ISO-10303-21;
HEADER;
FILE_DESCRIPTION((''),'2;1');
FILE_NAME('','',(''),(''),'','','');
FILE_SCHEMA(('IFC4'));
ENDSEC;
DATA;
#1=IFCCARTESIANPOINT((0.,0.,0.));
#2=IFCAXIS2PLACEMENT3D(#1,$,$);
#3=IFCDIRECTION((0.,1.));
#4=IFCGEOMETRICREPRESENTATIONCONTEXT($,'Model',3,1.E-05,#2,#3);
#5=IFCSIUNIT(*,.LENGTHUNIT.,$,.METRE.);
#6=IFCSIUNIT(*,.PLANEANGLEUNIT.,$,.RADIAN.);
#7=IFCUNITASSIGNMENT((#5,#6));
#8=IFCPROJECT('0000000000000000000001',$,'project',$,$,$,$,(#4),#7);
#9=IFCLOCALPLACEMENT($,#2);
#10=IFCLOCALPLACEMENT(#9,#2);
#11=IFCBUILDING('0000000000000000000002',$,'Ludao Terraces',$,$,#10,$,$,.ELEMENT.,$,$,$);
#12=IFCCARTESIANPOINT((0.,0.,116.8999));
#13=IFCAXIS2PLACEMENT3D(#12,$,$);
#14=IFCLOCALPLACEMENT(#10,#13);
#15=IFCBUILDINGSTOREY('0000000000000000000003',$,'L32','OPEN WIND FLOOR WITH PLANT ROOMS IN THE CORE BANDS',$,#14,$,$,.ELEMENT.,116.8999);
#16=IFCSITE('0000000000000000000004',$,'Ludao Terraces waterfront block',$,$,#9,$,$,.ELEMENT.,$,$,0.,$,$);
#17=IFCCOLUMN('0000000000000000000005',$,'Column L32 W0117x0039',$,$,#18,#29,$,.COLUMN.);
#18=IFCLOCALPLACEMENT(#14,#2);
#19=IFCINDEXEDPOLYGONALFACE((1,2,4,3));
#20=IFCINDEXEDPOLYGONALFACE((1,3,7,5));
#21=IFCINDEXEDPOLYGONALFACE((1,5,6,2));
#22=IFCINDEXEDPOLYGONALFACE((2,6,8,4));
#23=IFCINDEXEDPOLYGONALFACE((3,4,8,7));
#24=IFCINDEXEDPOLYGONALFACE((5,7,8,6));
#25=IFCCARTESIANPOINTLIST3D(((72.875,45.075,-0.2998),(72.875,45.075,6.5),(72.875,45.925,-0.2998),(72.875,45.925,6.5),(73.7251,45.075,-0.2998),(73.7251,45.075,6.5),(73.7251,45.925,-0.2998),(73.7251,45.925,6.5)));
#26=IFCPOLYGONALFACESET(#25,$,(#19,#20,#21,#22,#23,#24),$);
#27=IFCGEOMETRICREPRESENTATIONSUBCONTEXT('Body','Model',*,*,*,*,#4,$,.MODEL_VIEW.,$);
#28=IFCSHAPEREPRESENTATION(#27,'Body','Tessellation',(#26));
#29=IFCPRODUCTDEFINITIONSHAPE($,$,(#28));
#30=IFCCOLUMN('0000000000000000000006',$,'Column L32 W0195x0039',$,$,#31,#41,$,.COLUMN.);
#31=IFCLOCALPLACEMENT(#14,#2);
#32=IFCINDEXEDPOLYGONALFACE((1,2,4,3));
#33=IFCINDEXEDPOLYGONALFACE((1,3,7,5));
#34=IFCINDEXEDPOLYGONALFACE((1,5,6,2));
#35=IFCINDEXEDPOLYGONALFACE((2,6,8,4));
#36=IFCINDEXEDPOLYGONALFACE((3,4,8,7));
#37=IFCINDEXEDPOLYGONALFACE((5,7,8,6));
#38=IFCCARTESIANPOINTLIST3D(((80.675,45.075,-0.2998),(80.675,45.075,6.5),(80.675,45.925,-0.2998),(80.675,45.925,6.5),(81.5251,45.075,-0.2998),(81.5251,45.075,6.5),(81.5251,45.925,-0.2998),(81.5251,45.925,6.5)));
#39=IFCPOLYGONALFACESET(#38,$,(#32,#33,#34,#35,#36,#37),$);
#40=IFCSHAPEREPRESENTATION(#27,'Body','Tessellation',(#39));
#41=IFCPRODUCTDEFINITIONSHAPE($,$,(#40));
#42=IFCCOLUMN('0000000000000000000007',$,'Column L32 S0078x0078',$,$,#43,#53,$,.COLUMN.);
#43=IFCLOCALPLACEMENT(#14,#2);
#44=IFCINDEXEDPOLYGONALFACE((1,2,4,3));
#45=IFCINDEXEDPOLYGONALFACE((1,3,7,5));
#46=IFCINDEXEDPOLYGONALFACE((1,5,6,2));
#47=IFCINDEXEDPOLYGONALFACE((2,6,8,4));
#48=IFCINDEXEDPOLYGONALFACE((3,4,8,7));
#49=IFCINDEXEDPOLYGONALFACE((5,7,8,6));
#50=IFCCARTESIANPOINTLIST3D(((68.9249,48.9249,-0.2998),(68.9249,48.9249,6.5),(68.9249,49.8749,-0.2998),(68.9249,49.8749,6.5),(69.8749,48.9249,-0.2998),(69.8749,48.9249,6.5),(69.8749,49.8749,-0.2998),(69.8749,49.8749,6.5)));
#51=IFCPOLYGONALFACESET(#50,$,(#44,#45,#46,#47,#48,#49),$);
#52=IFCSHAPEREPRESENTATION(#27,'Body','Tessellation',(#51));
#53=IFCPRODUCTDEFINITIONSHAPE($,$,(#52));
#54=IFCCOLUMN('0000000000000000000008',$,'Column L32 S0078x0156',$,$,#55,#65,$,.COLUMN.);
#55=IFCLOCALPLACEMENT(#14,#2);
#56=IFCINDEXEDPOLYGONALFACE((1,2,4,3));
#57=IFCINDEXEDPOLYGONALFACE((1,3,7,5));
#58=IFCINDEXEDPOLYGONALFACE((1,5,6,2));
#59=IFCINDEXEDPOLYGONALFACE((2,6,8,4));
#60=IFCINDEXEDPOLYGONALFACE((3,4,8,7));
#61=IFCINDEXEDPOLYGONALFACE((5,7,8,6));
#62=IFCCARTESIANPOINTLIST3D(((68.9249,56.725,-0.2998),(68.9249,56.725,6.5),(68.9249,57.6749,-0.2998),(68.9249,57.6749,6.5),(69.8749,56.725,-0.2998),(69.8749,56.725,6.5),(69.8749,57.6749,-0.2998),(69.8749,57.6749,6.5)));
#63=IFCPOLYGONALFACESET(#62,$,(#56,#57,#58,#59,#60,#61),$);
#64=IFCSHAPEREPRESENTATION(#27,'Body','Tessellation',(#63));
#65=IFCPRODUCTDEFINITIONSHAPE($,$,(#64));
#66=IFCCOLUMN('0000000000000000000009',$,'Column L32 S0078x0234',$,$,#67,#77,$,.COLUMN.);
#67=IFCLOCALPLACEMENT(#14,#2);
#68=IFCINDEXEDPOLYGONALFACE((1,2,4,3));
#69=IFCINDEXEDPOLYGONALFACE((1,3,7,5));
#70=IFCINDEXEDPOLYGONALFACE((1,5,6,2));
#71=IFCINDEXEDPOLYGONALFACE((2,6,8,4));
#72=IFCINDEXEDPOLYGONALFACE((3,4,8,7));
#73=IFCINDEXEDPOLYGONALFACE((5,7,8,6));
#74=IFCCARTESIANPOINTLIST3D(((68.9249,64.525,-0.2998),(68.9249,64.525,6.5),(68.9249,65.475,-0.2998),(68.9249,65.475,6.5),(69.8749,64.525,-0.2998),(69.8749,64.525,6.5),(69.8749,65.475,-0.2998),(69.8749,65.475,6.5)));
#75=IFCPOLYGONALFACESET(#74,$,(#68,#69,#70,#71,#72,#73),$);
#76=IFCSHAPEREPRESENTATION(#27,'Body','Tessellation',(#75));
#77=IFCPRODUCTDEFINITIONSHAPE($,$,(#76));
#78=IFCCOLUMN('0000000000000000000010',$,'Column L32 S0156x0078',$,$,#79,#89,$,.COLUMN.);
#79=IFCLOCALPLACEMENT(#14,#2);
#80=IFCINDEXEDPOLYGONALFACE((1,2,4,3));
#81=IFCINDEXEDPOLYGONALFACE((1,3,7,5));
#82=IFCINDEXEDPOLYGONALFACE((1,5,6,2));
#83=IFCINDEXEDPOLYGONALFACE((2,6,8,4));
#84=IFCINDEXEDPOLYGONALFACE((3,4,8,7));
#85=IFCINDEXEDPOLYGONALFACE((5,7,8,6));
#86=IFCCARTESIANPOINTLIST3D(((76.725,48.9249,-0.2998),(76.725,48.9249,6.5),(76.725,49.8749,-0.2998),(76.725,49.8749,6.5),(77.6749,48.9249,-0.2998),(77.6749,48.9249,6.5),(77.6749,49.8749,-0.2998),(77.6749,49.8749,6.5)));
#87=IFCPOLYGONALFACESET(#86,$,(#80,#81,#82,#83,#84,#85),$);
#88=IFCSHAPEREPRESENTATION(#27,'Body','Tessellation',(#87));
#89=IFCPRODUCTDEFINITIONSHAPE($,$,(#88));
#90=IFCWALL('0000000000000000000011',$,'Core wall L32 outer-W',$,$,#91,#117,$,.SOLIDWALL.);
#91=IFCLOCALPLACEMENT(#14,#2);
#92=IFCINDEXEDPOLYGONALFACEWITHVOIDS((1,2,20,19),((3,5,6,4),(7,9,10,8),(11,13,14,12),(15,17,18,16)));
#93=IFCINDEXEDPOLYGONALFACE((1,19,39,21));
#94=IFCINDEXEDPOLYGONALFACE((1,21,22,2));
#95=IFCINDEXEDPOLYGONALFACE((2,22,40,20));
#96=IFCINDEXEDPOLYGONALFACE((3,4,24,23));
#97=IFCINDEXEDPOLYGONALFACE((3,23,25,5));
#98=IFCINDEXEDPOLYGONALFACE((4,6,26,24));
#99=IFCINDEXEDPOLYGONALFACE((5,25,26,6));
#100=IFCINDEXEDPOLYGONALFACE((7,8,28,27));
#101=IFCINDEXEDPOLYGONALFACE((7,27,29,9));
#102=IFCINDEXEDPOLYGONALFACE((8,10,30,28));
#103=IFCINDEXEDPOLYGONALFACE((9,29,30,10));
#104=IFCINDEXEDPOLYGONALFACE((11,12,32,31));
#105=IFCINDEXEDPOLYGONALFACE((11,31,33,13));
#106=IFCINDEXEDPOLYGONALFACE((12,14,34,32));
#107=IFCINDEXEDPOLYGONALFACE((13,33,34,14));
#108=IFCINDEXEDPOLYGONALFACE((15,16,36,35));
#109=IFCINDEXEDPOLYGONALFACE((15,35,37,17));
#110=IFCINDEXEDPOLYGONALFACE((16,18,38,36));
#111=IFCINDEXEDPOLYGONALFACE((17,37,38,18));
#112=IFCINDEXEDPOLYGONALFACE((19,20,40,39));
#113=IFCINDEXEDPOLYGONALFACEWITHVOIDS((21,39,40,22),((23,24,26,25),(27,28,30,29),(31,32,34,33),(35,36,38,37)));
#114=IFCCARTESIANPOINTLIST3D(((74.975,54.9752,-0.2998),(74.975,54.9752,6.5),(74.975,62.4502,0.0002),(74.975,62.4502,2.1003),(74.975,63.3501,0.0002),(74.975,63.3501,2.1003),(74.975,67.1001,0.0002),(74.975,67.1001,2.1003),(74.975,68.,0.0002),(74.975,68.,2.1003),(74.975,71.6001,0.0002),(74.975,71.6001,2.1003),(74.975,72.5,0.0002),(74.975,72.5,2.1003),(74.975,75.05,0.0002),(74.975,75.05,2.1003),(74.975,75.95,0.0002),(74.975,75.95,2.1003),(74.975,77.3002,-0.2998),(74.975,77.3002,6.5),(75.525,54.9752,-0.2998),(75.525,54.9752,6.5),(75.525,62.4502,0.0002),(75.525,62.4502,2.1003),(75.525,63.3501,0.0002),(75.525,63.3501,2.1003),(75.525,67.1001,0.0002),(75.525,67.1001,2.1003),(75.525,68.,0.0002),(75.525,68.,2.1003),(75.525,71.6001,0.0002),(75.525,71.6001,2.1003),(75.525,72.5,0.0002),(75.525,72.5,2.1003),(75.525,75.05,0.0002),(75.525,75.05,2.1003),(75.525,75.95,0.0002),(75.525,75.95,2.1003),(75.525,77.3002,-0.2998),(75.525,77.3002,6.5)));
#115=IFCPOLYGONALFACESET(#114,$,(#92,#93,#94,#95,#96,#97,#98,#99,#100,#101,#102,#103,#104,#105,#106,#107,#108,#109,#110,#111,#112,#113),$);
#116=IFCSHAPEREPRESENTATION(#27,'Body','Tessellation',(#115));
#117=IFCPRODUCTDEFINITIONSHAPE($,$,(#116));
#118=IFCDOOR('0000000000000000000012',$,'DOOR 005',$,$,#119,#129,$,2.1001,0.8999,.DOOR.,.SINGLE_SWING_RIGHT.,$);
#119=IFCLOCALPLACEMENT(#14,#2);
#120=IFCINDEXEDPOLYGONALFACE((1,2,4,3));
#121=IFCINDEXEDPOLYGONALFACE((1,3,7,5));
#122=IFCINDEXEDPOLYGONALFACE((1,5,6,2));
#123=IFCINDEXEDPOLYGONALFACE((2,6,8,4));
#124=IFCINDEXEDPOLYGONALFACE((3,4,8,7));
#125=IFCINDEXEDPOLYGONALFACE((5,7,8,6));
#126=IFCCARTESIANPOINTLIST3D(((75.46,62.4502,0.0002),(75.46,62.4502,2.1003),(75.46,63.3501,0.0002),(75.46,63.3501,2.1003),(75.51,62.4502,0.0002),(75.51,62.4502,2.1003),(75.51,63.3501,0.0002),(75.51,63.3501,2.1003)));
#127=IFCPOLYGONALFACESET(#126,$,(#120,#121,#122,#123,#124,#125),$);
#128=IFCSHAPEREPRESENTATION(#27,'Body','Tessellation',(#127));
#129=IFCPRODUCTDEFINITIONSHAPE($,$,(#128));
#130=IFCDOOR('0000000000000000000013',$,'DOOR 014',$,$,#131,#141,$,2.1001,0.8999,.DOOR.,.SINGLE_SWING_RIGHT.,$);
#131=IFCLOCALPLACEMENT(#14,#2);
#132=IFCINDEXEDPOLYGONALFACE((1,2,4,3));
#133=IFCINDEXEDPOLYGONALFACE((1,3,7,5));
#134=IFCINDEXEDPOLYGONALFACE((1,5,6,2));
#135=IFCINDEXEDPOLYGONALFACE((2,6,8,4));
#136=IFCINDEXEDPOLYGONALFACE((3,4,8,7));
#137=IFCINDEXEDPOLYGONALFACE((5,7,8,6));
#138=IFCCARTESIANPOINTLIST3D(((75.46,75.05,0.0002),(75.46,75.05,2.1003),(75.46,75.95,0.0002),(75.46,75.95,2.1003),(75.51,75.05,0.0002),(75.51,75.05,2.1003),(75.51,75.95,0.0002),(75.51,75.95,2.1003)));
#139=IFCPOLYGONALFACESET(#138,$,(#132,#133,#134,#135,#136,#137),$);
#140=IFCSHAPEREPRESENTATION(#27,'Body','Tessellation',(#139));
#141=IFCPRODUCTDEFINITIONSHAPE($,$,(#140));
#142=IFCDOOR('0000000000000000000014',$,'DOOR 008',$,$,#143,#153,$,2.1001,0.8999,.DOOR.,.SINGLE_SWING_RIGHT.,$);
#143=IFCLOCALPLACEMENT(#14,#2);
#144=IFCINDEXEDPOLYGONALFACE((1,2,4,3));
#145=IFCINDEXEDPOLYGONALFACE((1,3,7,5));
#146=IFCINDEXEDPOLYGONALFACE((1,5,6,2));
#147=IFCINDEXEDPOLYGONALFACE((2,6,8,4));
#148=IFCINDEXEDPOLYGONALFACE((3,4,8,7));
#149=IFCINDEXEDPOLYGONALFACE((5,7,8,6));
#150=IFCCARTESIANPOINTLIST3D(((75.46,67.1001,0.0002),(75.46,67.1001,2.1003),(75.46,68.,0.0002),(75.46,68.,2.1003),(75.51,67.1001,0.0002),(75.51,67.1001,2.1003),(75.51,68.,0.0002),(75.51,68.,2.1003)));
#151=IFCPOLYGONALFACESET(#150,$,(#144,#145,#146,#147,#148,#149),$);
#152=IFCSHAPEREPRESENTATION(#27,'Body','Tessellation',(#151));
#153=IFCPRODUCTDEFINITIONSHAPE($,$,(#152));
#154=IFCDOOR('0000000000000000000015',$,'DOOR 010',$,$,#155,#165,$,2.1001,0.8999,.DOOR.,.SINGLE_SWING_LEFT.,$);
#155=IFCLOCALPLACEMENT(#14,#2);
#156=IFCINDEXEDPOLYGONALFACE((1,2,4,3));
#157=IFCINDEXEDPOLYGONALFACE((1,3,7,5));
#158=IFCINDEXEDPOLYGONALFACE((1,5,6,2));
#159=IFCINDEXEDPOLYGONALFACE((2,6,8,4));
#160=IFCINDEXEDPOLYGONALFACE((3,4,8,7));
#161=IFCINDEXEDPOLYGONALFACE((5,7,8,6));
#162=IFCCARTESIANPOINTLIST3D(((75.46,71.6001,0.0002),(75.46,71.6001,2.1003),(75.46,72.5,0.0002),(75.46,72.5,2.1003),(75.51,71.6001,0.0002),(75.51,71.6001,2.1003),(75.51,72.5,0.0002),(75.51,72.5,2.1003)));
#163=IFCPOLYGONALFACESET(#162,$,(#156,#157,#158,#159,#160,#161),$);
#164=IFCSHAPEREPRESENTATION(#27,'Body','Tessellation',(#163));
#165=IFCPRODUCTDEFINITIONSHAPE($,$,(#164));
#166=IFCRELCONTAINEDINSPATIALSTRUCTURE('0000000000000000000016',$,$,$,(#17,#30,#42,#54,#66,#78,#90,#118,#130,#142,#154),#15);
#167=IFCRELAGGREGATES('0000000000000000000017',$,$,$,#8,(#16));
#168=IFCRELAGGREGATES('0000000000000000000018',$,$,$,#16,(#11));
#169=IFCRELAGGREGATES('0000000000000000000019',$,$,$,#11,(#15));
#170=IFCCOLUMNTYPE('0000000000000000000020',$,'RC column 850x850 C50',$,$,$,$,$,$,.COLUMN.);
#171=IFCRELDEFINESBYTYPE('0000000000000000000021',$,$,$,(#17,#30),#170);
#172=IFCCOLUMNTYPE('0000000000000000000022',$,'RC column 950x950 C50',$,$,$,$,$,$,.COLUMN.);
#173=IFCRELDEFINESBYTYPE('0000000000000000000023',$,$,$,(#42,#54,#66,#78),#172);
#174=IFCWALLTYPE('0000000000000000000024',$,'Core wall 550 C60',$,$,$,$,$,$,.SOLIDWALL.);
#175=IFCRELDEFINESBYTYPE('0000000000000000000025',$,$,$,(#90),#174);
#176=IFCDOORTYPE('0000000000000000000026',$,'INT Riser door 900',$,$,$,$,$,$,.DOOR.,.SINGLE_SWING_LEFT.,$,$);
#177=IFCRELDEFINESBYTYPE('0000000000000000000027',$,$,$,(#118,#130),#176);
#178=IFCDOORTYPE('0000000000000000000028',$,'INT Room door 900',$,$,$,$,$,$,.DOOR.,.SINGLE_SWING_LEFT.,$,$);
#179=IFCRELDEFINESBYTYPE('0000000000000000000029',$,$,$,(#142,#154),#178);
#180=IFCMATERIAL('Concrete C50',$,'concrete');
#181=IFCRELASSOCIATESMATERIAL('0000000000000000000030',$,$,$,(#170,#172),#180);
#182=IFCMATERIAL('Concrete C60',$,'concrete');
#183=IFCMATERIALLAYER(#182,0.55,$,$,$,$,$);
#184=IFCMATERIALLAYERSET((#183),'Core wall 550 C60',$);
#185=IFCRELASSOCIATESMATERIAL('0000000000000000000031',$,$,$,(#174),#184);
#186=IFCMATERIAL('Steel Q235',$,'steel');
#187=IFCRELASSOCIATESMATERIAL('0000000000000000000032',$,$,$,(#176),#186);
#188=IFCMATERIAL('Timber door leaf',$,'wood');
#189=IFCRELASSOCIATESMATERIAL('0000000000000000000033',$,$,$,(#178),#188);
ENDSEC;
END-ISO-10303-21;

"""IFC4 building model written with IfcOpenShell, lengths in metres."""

from ifc_helpers import new_model, si_unit, direction, frame, frame_2d, origin, origin_2d, place, context, subcontext, project, spatial, rectangle, extrude, material, layer, layer_set, material_profile, profile_set, type_object, element, fill, save


model = new_model("IFC4")

# Units and contexts
model_context = context("Model", 3, precision=1e-05, world=origin(), true_north=direction((0.0, 1.0)))
body_context = subcontext(model_context, "Body", "Model", "MODEL_VIEW")
ifc_project = project(units=[si_unit("LENGTHUNIT", "METRE"), si_unit("PLANEANGLEUNIT", "RADIAN")], contexts=[model_context])

# Site, building, storey
site_placement = place(None, origin())
site = spatial("IfcSite", under=ifc_project, at=site_placement, Name="Ludao Terraces waterfront block", CompositionType="ELEMENT", RefElevation=0.0)
building_placement = place(site_placement, origin())
building = spatial("IfcBuilding", under=site, at=building_placement, Name="Ludao Terraces", CompositionType="ELEMENT")
storey_placement = place(building_placement, frame((0.0, 0.0, 116.8999)))
storey = spatial("IfcBuildingStorey", under=building, at=storey_placement, Name="L32", Description="OPEN WIND FLOOR WITH PLANT ROOMS IN THE CORE BANDS", CompositionType="ELEMENT", Elevation=116.8999)

# Columns
ifc_material_1 = material(Name="Concrete C50", Category="concrete")
ifc_material_profile_1 = material_profile(ifc_material_1, rectangle(XDim=0.8501, YDim=0.8501, at=origin_2d()), Name="850 X 850")
ifc_profile_set_1 = profile_set([ifc_material_profile_1], Name="Concrete C50")
column_type_1 = type_object("IfcColumnType", Name="RC column 850x850 C50", PredefinedType="COLUMN", material=ifc_profile_set_1)
for number, where, z_axis, x_axis, name in (
    (1, (73.3, 45.5, -0.2998), (0.0, 0.0, 1.0), (1.0, 0.0, 0.0), "Column L32 W0117x0039"),
    (2, (81.1001, 45.5, -0.2998), (0.0, 0.0, 1.0), (1.0, 0.0, 0.0), "Column L32 W0195x0039"),
):
    element("IfcColumn", number, at=place(storey_placement, frame(where, z_axis=z_axis, x_axis=x_axis)), inside=storey, type_object=column_type_1, Name=name, PredefinedType="COLUMN", context=body_context, shape_type="SweptSolid", body=[
        extrude(rectangle(XDim=0.8501, YDim=0.8501, at=origin_2d()), origin(), (0.0, 0.0, 1.0), 6.7998),
    ])
ifc_material_profile_2 = material_profile(ifc_material_1, rectangle(XDim=0.95, YDim=0.95, at=origin_2d()), Name="950 X 950")
ifc_profile_set_2 = profile_set([ifc_material_profile_2], Name="Concrete C50")
column_type_2 = type_object("IfcColumnType", Name="RC column 950x950 C50", PredefinedType="COLUMN", material=ifc_profile_set_2)
for number, where, z_axis, x_axis, name in (
    (3, (69.3999, 49.3999, -0.2998), (0.0, 0.0, 1.0), (1.0, 0.0, 0.0), "Column L32 S0078x0078"),
    (4, (69.3999, 57.2, -0.2998), (0.0, 0.0, 1.0), (1.0, 0.0, 0.0), "Column L32 S0078x0156"),
    (5, (69.3999, 65.0, -0.2998), (0.0, 0.0, 1.0), (1.0, 0.0, 0.0), "Column L32 S0078x0234"),
    (6, (77.2, 49.3999, -0.2998), (0.0, 0.0, 1.0), (1.0, 0.0, 0.0), "Column L32 S0156x0078"),
):
    element("IfcColumn", number, at=place(storey_placement, frame(where, z_axis=z_axis, x_axis=x_axis)), inside=storey, type_object=column_type_2, Name=name, PredefinedType="COLUMN", context=body_context, shape_type="SweptSolid", body=[
        extrude(rectangle(XDim=0.95, YDim=0.95, at=origin_2d()), origin(), (0.0, 0.0, 1.0), 6.7998),
    ])

# Wall, openings, doors
ifc_material_2 = material(Name="Concrete C60", Category="concrete")
ifc_layer_1 = layer(ifc_material_2, 0.55)
ifc_layer_set_1 = layer_set([ifc_layer_1], Name="Core wall 550 C60")
wall_type_1 = type_object("IfcWallType", Name="Core wall 550 C60", PredefinedType="SOLIDWALL", material=ifc_layer_set_1)
wall_1_placement = place(storey_placement, frame((75.25, 54.9751, -0.2998), z_axis=(0.0, 0.0, 1.0), x_axis=(0.0, 1.0, 0.0)))
wall_1 = element("IfcWall", 7, at=wall_1_placement, inside=storey, type_object=wall_type_1, Name="Core wall L32 outer-W", PredefinedType="SOLIDWALL", context=body_context, shape_type="SweptSolid", body=[
    extrude(rectangle(XDim=22.325, YDim=0.55, at=frame_2d((11.1626, 0.0))), origin(), (0.0, 0.0, 1.0), 6.7998),
])
opening_1_placement = place(wall_1_placement, frame((7.4751, 0.0, 0.3)))
opening_1 = element("IfcOpeningElement", 8, at=opening_1_placement, cuts=wall_1, PredefinedType="OPENING", context=body_context, shape_type="SweptSolid", body=[
    extrude(rectangle(XDim=0.8999, YDim=2.1001, at=frame_2d((0.45, 1.05))), frame((0.0, 0.2852, 0.0), z_axis=(0.0, -1.0, 0.0), x_axis=(1.0, 0.0, 0.0)), (0.0, 0.0, 1.0), 0.5701),
])
opening_2_placement = place(wall_1_placement, frame((12.125, 0.0, 0.3)))
opening_2 = element("IfcOpeningElement", 9, at=opening_2_placement, cuts=wall_1, PredefinedType="OPENING", context=body_context, shape_type="SweptSolid", body=[
    extrude(rectangle(XDim=0.8999, YDim=2.1001, at=frame_2d((0.45, 1.05))), frame((0.0, 0.2852, 0.0), z_axis=(0.0, -1.0, 0.0), x_axis=(1.0, 0.0, 0.0)), (0.0, 0.0, 1.0), 0.5701),
])
opening_3_placement = place(wall_1_placement, frame((16.625, 0.0, 0.3)))
opening_3 = element("IfcOpeningElement", 10, at=opening_3_placement, cuts=wall_1, PredefinedType="OPENING", context=body_context, shape_type="SweptSolid", body=[
    extrude(rectangle(XDim=0.8999, YDim=2.1001, at=frame_2d((0.45, 1.05))), frame((0.0, 0.2852, 0.0), z_axis=(0.0, -1.0, 0.0), x_axis=(1.0, 0.0, 0.0)), (0.0, 0.0, 1.0), 0.5701),
])
opening_4_placement = place(wall_1_placement, frame((20.075, 0.0, 0.3)))
opening_4 = element("IfcOpeningElement", 11, at=opening_4_placement, cuts=wall_1, PredefinedType="OPENING", context=body_context, shape_type="SweptSolid", body=[
    extrude(rectangle(XDim=0.8999, YDim=2.1001, at=frame_2d((0.45, 1.05))), frame((0.0, 0.2852, 0.0), z_axis=(0.0, -1.0, 0.0), x_axis=(1.0, 0.0, 0.0)), (0.0, 0.0, 1.0), 0.5701),
])
ifc_material_3 = material(Name="Steel Q235", Category="steel")
door_type_1 = type_object("IfcDoorType", Name="INT Riser door 900", OperationType="SINGLE_SWING_LEFT", PredefinedType="DOOR", material=ifc_material_3)
door_1_placement = place(opening_1_placement, origin())
door_1 = element("IfcDoor", 12, at=door_1_placement, inside=storey, type_object=door_type_1, Name="DOOR 005", OperationType="SINGLE_SWING_RIGHT", OverallHeight=2.1001, OverallWidth=0.8999, PredefinedType="DOOR", context=body_context, shape_type="SweptSolid", body=[
    extrude(rectangle(XDim=0.8999, YDim=2.1001, at=frame_2d((0.45, 1.05))), frame((0.0, -0.21, 0.0), z_axis=(0.0, -1.0, 0.0), x_axis=(1.0, 0.0, 0.0)), (0.0, 0.0, 1.0), 0.05),
])
fill(opening_1, door_1)
door_2_placement = place(opening_4_placement, origin())
door_2 = element("IfcDoor", 13, at=door_2_placement, inside=storey, type_object=door_type_1, Name="DOOR 014", OperationType="SINGLE_SWING_RIGHT", OverallHeight=2.1001, OverallWidth=0.8999, PredefinedType="DOOR", context=body_context, shape_type="SweptSolid", body=[
    extrude(rectangle(XDim=0.8999, YDim=2.1001, at=frame_2d((0.45, 1.05))), frame((0.0, -0.21, 0.0), z_axis=(0.0, -1.0, 0.0), x_axis=(1.0, 0.0, 0.0)), (0.0, 0.0, 1.0), 0.05),
])
fill(opening_4, door_2)
ifc_material_4 = material(Name="Timber door leaf", Category="wood")
door_type_2 = type_object("IfcDoorType", Name="INT Room door 900", OperationType="SINGLE_SWING_LEFT", PredefinedType="DOOR", material=ifc_material_4)
door_3_placement = place(opening_2_placement, origin())
door_3 = element("IfcDoor", 14, at=door_3_placement, inside=storey, type_object=door_type_2, Name="DOOR 008", OperationType="SINGLE_SWING_RIGHT", OverallHeight=2.1001, OverallWidth=0.8999, PredefinedType="DOOR", context=body_context, shape_type="SweptSolid", body=[
    extrude(rectangle(XDim=0.8999, YDim=2.1001, at=frame_2d((0.45, 1.05))), frame((0.0, -0.21, 0.0), z_axis=(0.0, -1.0, 0.0), x_axis=(1.0, 0.0, 0.0)), (0.0, 0.0, 1.0), 0.05),
])
fill(opening_2, door_3)
door_4_placement = place(opening_3_placement, origin())
door_4 = element("IfcDoor", 15, at=door_4_placement, inside=storey, type_object=door_type_2, Name="DOOR 010", OperationType="SINGLE_SWING_LEFT", OverallHeight=2.1001, OverallWidth=0.8999, PredefinedType="DOOR", context=body_context, shape_type="SweptSolid", body=[
    extrude(rectangle(XDim=0.8999, YDim=2.1001, at=frame_2d((0.45, 1.05))), frame((0.0, -0.21, 0.0), z_axis=(0.0, -1.0, 0.0), x_axis=(1.0, 0.0, 0.0)), (0.0, 0.0, 1.0), 0.05),
])
fill(opening_3, door_4)

save(model, "model.ifc")
